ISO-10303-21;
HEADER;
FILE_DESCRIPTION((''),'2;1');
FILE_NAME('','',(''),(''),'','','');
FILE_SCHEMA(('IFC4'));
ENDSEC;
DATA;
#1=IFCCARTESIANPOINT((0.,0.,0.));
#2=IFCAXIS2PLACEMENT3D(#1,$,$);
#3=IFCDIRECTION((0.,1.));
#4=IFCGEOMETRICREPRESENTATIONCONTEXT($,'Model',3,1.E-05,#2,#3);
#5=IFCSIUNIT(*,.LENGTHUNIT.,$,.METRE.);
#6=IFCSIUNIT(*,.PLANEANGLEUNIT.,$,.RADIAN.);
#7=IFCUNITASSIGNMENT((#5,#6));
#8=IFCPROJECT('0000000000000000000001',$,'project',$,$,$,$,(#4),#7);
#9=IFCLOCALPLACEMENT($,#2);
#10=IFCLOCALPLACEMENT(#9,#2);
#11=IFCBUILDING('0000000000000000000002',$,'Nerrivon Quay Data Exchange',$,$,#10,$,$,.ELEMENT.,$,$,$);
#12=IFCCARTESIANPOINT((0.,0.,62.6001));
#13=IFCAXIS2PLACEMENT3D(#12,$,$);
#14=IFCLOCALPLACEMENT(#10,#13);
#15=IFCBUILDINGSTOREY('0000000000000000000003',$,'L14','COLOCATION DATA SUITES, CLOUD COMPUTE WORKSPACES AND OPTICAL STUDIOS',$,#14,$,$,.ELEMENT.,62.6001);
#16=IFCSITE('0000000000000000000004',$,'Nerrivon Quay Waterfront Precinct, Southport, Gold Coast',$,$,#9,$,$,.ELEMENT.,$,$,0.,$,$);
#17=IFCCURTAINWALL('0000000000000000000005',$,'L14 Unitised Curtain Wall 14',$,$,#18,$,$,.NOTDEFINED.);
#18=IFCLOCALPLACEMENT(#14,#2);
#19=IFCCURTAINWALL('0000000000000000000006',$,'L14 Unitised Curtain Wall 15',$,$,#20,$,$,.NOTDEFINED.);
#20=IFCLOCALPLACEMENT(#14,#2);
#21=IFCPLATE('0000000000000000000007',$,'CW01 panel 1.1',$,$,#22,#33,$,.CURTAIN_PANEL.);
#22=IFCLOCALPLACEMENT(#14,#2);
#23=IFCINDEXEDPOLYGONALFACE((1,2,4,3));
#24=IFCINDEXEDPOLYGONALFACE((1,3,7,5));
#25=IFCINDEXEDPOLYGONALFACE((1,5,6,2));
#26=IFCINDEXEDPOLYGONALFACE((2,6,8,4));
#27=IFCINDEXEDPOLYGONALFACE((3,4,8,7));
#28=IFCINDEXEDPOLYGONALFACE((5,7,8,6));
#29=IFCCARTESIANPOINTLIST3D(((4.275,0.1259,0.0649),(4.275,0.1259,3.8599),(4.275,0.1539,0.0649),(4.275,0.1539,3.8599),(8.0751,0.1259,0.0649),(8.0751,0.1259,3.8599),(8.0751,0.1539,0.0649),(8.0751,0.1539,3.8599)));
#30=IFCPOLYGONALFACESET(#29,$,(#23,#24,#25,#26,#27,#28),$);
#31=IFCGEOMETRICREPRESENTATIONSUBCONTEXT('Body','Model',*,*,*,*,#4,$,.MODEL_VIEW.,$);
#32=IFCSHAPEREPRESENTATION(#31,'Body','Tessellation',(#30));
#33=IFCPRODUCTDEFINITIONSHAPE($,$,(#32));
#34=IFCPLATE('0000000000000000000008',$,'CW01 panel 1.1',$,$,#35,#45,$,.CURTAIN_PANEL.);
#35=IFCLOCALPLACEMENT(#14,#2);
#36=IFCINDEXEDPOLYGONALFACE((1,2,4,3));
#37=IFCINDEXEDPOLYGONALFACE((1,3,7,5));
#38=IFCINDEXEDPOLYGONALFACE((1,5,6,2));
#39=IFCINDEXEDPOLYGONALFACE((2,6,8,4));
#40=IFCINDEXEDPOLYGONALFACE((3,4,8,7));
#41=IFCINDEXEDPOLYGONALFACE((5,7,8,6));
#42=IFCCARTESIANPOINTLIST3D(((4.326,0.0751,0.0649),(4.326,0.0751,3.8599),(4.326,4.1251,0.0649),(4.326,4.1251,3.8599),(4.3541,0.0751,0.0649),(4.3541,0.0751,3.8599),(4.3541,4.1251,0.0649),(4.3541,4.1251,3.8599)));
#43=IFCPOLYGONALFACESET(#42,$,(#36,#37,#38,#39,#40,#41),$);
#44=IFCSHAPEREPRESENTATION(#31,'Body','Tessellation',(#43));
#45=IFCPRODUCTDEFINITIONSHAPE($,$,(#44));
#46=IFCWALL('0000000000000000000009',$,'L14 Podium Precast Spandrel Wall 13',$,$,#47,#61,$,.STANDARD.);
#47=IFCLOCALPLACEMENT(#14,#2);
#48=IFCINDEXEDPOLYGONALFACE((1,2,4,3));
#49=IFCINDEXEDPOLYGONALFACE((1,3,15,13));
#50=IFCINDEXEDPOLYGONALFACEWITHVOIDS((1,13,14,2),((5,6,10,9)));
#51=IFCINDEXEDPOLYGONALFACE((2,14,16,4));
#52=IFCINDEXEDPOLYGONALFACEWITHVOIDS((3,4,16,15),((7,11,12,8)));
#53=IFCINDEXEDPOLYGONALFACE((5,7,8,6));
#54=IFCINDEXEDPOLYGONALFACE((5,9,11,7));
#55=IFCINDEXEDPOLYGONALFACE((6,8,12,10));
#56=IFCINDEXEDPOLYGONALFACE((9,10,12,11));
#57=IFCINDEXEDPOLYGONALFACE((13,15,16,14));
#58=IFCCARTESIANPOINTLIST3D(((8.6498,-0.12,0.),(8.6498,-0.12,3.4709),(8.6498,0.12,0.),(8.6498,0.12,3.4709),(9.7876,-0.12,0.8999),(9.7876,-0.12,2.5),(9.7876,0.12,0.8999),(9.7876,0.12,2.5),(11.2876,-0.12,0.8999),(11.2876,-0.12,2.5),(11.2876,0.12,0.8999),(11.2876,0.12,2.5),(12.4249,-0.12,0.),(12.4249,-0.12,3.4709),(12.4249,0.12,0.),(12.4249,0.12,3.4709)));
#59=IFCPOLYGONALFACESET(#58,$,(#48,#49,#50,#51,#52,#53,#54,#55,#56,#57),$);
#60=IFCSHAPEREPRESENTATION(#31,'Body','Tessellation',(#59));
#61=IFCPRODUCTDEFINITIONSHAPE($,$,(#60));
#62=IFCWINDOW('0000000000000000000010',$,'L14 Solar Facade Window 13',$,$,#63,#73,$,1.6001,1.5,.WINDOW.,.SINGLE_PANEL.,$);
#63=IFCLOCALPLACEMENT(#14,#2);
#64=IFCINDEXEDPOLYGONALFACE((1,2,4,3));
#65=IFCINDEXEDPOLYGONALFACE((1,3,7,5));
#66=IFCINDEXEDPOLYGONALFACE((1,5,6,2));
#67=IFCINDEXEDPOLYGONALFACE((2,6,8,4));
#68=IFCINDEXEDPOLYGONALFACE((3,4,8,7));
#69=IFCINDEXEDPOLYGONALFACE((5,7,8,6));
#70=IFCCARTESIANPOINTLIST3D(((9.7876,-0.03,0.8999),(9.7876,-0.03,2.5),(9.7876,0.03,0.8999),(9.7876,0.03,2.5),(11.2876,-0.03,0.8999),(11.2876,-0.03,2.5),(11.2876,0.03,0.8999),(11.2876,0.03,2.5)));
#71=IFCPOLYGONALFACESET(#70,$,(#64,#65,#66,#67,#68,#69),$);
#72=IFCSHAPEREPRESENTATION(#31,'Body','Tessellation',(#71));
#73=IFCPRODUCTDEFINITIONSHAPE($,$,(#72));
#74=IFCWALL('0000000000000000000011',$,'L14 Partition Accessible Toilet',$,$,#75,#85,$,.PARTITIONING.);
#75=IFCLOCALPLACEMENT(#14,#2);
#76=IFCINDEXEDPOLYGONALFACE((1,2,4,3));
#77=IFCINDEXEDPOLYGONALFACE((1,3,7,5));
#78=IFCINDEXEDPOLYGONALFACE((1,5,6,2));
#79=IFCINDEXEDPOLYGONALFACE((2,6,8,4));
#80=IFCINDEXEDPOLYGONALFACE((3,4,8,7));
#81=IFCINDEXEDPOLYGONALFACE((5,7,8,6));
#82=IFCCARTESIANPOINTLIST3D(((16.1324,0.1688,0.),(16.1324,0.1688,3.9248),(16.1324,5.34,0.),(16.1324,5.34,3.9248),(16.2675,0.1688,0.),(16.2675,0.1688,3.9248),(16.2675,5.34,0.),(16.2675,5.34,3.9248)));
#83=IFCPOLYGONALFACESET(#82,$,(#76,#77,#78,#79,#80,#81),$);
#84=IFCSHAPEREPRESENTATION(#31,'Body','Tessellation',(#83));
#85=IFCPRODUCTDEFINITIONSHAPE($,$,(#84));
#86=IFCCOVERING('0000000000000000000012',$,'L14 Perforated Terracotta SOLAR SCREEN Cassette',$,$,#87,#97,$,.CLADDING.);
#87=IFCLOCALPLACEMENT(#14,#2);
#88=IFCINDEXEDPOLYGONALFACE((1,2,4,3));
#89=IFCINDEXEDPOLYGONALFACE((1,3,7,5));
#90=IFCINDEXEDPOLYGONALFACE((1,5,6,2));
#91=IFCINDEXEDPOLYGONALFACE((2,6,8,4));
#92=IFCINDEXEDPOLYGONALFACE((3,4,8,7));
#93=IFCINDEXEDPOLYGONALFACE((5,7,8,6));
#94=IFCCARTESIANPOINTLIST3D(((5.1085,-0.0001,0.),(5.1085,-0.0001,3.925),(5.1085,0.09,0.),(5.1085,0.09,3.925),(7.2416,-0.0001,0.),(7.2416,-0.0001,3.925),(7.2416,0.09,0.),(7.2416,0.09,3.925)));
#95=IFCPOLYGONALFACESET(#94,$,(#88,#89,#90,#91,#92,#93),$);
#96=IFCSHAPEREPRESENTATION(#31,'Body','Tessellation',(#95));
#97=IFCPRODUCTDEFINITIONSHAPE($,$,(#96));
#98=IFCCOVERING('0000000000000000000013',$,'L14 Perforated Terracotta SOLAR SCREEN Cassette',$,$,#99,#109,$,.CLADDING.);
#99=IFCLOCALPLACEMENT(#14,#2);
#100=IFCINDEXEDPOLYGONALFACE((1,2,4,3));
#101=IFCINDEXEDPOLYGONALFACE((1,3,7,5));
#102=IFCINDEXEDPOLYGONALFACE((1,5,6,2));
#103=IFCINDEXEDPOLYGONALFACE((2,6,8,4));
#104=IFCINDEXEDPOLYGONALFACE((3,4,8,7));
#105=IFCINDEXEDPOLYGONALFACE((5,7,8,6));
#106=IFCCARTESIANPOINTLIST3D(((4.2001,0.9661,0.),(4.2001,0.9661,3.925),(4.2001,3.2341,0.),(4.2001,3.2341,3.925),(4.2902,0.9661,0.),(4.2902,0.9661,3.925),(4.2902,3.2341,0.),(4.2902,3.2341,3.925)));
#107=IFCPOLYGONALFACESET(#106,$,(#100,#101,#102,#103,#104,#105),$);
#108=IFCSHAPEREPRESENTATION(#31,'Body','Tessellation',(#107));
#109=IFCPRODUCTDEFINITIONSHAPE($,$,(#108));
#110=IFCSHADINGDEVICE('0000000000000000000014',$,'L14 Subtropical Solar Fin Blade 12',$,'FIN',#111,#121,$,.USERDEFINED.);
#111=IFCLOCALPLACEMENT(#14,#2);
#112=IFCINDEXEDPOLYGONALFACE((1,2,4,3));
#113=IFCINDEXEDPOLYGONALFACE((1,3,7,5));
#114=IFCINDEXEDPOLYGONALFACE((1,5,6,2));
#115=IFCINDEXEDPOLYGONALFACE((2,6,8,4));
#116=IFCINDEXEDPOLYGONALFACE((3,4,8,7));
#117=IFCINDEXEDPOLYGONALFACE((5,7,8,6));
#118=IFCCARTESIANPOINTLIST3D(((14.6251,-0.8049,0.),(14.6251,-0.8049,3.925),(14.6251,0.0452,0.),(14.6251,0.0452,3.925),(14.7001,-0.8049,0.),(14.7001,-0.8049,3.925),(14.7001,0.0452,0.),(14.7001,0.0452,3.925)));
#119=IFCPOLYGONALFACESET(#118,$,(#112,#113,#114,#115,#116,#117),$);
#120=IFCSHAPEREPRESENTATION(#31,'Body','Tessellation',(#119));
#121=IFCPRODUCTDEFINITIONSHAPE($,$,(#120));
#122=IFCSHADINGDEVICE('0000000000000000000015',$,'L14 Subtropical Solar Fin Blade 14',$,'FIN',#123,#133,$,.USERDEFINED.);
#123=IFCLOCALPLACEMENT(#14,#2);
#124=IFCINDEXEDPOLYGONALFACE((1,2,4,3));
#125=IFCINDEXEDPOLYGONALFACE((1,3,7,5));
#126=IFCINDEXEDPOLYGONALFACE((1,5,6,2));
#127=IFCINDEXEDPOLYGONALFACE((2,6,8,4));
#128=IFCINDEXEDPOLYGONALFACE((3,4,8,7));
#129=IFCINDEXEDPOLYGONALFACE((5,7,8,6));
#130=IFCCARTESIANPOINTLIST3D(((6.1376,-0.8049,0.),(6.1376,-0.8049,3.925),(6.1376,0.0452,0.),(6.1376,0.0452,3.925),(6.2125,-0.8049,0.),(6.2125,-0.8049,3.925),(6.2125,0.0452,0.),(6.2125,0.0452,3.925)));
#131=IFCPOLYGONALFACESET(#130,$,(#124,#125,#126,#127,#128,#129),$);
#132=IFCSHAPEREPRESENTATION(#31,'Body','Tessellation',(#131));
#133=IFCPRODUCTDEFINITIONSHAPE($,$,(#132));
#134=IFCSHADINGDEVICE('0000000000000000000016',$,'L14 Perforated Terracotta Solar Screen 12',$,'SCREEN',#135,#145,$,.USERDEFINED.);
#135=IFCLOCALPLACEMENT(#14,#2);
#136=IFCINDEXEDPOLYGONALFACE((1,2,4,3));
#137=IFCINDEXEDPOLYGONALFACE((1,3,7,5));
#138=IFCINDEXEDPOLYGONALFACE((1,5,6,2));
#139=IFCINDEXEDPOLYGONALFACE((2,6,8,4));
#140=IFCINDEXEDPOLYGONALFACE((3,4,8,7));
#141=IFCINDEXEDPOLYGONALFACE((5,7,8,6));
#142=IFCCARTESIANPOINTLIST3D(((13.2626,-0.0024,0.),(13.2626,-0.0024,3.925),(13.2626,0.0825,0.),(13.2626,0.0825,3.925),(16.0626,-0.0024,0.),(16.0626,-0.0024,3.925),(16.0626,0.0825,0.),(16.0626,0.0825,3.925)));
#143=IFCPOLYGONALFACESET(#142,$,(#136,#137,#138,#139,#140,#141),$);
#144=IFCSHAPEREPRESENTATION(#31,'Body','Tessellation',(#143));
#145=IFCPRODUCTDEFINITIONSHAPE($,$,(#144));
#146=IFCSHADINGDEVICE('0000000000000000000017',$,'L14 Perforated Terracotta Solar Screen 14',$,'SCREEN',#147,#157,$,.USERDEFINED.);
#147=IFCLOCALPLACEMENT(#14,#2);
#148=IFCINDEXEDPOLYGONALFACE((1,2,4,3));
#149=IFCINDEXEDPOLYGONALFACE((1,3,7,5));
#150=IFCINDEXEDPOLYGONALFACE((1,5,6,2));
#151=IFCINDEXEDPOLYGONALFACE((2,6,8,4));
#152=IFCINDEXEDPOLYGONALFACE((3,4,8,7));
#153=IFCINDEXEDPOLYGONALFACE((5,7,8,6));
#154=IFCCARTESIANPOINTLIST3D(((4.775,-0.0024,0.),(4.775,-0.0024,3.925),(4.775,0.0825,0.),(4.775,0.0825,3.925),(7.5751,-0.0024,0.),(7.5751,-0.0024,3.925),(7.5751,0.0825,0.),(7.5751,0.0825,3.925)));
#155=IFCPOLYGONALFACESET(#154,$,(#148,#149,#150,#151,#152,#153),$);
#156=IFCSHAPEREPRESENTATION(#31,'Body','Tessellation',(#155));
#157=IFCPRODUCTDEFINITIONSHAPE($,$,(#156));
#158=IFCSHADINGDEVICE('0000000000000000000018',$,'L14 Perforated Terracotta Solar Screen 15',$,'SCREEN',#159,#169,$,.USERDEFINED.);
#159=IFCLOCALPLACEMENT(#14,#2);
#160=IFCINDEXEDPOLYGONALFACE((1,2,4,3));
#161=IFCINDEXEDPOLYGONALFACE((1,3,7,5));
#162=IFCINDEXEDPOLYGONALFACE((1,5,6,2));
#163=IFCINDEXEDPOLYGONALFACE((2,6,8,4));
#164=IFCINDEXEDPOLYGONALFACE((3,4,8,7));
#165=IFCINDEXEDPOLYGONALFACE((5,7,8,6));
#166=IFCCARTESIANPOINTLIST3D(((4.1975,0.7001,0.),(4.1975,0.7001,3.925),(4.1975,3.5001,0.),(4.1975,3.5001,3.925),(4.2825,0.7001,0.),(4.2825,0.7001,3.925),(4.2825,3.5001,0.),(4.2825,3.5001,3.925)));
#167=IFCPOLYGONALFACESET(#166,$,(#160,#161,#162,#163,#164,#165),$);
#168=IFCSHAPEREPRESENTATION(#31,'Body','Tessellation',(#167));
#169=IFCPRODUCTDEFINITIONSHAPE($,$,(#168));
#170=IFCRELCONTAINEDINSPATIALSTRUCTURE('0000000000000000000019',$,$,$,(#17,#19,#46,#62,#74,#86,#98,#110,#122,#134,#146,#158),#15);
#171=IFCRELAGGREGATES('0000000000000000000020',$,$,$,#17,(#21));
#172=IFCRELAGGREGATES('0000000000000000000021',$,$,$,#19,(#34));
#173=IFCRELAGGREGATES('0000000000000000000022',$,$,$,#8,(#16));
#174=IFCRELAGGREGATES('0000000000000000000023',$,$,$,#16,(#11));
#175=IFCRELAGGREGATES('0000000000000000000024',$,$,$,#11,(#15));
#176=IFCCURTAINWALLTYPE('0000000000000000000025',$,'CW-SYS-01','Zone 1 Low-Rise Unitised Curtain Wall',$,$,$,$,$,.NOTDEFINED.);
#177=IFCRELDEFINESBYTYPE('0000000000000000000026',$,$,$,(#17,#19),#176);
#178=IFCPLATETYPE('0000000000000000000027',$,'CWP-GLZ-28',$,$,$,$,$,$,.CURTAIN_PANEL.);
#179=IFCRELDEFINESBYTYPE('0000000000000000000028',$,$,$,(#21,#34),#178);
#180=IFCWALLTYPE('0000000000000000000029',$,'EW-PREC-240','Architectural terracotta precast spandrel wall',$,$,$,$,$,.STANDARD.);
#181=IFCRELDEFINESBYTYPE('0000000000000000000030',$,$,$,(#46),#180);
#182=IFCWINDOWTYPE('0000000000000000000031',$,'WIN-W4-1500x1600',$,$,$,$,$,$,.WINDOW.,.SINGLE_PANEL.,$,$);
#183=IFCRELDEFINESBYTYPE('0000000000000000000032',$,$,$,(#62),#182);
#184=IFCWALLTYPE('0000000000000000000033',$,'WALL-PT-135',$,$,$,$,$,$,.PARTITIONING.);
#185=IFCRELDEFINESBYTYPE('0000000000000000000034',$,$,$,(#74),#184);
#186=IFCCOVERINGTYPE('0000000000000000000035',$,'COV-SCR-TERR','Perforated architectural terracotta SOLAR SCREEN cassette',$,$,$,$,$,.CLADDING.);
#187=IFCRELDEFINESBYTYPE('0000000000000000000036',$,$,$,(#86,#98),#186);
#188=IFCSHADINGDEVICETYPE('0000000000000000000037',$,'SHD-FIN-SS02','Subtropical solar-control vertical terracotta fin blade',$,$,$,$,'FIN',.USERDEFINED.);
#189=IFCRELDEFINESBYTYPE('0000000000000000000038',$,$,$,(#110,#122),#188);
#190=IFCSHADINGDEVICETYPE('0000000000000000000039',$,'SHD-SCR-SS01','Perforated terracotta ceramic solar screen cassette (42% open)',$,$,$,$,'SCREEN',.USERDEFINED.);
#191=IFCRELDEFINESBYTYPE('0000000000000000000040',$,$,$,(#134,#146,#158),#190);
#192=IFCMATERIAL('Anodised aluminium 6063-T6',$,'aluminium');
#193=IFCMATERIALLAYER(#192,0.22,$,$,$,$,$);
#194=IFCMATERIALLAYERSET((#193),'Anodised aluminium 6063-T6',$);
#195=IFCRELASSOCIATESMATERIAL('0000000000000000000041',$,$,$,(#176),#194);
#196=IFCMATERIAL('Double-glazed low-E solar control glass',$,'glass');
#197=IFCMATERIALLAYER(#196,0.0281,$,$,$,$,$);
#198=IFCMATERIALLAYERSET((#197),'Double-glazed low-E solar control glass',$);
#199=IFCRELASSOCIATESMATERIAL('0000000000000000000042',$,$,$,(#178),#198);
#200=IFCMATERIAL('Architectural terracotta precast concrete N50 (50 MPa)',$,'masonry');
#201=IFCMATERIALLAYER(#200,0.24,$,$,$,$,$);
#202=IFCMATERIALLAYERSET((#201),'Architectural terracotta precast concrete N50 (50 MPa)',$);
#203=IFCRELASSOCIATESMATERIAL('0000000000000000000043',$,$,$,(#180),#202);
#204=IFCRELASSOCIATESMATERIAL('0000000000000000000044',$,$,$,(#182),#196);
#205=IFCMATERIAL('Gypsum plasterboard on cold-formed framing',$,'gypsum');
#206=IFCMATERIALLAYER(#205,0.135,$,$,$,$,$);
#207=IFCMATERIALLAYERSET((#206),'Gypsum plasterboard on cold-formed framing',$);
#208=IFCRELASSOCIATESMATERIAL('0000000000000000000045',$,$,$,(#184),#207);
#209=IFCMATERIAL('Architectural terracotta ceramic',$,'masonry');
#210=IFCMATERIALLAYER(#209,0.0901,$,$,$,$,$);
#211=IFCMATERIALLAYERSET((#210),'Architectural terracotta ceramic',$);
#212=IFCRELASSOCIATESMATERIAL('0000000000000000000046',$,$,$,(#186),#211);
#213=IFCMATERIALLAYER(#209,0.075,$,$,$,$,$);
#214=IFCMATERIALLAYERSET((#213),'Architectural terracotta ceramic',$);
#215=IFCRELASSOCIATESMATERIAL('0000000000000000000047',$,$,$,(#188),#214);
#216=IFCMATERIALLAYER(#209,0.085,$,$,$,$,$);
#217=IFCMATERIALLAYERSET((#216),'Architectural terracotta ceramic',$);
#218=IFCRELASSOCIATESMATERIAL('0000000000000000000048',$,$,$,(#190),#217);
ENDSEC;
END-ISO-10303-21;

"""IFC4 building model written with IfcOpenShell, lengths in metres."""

from ifc_helpers import new_model, si_unit, direction, frame, frame_2d, origin, origin_2d, place, context, subcontext, project, spatial, rectangle, extrude, material, layer, layer_set, type_object, element, fill, aggregate, save


model = new_model("IFC4")

# Units and contexts
model_context = context("Model", 3, precision=1e-05, world=origin(), true_north=direction((0.0, 1.0)))
body_context = subcontext(model_context, "Body", "Model", "MODEL_VIEW")
ifc_project = project(units=[si_unit("LENGTHUNIT", "METRE"), si_unit("PLANEANGLEUNIT", "RADIAN")], contexts=[model_context])

# Site, building, storey
site_placement = place(None, origin())
site = spatial("IfcSite", under=ifc_project, at=site_placement, Name="Nerrivon Quay Waterfront Precinct, Southport, Gold Coast", CompositionType="ELEMENT", RefElevation=0.0)
building_placement = place(site_placement, origin())
building = spatial("IfcBuilding", under=site, at=building_placement, Name="Nerrivon Quay Data Exchange", CompositionType="ELEMENT")
storey_placement = place(building_placement, frame((0.0, 0.0, 62.6001)))
storey = spatial("IfcBuildingStorey", under=building, at=storey_placement, Name="L14", Description="COLOCATION DATA SUITES, CLOUD COMPUTE WORKSPACES AND OPTICAL STUDIOS", CompositionType="ELEMENT", Elevation=62.6001)

# Curtain walls
ifc_material_1 = material(Name="Anodised aluminium 6063-T6", Category="aluminium")
ifc_layer_1 = layer(ifc_material_1, 0.22)
ifc_layer_set_1 = layer_set([ifc_layer_1], Name="Anodised aluminium 6063-T6")
curtain_wall_type = type_object("IfcCurtainWallType", Name="CW-SYS-01", Description="Zone 1 Low-Rise Unitised Curtain Wall", PredefinedType="NOTDEFINED", material=ifc_layer_set_1)
curtain_wall_1_placement = place(storey_placement, origin())
curtain_wall_1 = element("IfcCurtainWall", 1, at=curtain_wall_1_placement, inside=storey, type_object=curtain_wall_type, Name="L14 Unitised Curtain Wall 14", PredefinedType="NOTDEFINED")
curtain_wall_2_placement = place(storey_placement, origin())
curtain_wall_2 = element("IfcCurtainWall", 2, at=curtain_wall_2_placement, inside=storey, type_object=curtain_wall_type, Name="L14 Unitised Curtain Wall 15", PredefinedType="NOTDEFINED")

# Plates
ifc_material_2 = material(Name="Double-glazed low-E solar control glass", Category="glass")
ifc_layer_2 = layer(ifc_material_2, 0.0281)
ifc_layer_set_2 = layer_set([ifc_layer_2], Name="Double-glazed low-E solar control glass")
plate_type = type_object("IfcPlateType", Name="CWP-GLZ-28", PredefinedType="CURTAIN_PANEL", material=ifc_layer_set_2)
plate_1_placement = place(storey_placement, frame((6.175, 0.1399, 0.0649), z_axis=(0.0, 0.0, 1.0), x_axis=(-1.0, 0.0, 0.0)))
plate_1 = element("IfcPlate", 3, at=plate_1_placement, type_object=plate_type, Name="CW01 panel 1.1", PredefinedType="CURTAIN_PANEL", context=body_context, shape_type="SweptSolid", body=[
    extrude(rectangle(XDim=3.8, YDim=0.0281, at=origin_2d()), origin(), (0.0, 0.0, 1.0), 3.7949),
])
aggregate(curtain_wall_1, [plate_1])
plate_2_placement = place(storey_placement, frame((4.3401, 2.1001, 0.0649), z_axis=(0.0, 0.0, 1.0), x_axis=(0.0, 1.0, 0.0)))
plate_2 = element("IfcPlate", 4, at=plate_2_placement, type_object=plate_type, Name="CW01 panel 1.1", PredefinedType="CURTAIN_PANEL", context=body_context, shape_type="SweptSolid", body=[
    extrude(rectangle(XDim=4.05, YDim=0.0281, at=origin_2d()), origin(), (0.0, 0.0, 1.0), 3.7949),
])
aggregate(curtain_wall_2, [plate_2])

# Wall, opening, window
ifc_material_3 = material(Name="Architectural terracotta precast concrete N50 (50 MPa)", Category="masonry")
ifc_layer_3 = layer(ifc_material_3, 0.24)
ifc_layer_set_3 = layer_set([ifc_layer_3], Name="Architectural terracotta precast concrete N50 (50 MPa)")
wall_type_1 = type_object("IfcWallType", Name="EW-PREC-240", Description="Architectural terracotta precast spandrel wall", PredefinedType="STANDARD", material=ifc_layer_set_3)
wall_1_placement = place(storey_placement, frame((12.425, 0.0, 0.0), z_axis=(0.0, 0.0, 1.0), x_axis=(-1.0, 0.0, 0.0)))
wall_1 = element("IfcWall", 5, at=wall_1_placement, inside=storey, type_object=wall_type_1, Name="L14 Podium Precast Spandrel Wall 13", PredefinedType="STANDARD", context=body_context, shape_type="SweptSolid", body=[
    extrude(rectangle(XDim=3.7751, YDim=0.24, at=frame_2d((1.8877, 0.0))), origin(), (0.0, 0.0, 1.0), 3.4709),
])
opening_placement = place(wall_1_placement, frame((1.1375, 0.0, 0.8999)))
opening = element("IfcOpeningElement", 6, at=opening_placement, cuts=wall_1, PredefinedType="OPENING", context=body_context, shape_type="SweptSolid", body=[
    extrude(rectangle(XDim=1.5, YDim=1.6001, at=frame_2d((0.75, 0.8))), frame((0.0, 0.1299, 0.0), z_axis=(0.0, -1.0, 0.0), x_axis=(1.0, 0.0, 0.0)), (0.0, 0.0, 1.0), 0.26),
])
window_type = type_object("IfcWindowType", Name="WIN-W4-1500x1600", PartitioningType="SINGLE_PANEL", PredefinedType="WINDOW", material=ifc_material_2)
window_placement = place(opening_placement, origin())
window = element("IfcWindow", 7, at=window_placement, inside=storey, type_object=window_type, Name="L14 Solar Facade Window 13", OverallHeight=1.6001, OverallWidth=1.5, PartitioningType="SINGLE_PANEL", PredefinedType="WINDOW", context=body_context, shape_type="SweptSolid", body=[
    extrude(rectangle(XDim=1.5, YDim=1.6001, at=frame_2d((0.75, 0.8))), frame((0.0, 0.03, 0.0), z_axis=(0.0, -1.0, 0.0), x_axis=(1.0, 0.0, 0.0)), (0.0, 0.0, 1.0), 0.0601),
])
fill(opening, window)

# Wall
ifc_material_4 = material(Name="Gypsum plasterboard on cold-formed framing", Category="gypsum")
ifc_layer_4 = layer(ifc_material_4, 0.135)
ifc_layer_set_4 = layer_set([ifc_layer_4], Name="Gypsum plasterboard on cold-formed framing")
wall_type_2 = type_object("IfcWallType", Name="WALL-PT-135", PredefinedType="PARTITIONING", material=ifc_layer_set_4)
wall_2_placement = place(storey_placement, frame((16.2, 0.1689, 0.0), z_axis=(0.0, 0.0, 1.0), x_axis=(0.0, 1.0, 0.0)))
element("IfcWall", 8, at=wall_2_placement, inside=storey, type_object=wall_type_2, Name="L14 Partition Accessible Toilet", PredefinedType="PARTITIONING", context=body_context, shape_type="SweptSolid", body=[
    extrude(rectangle(XDim=5.1711, YDim=0.135, at=frame_2d((2.5854, 0.0))), origin(), (0.0, 0.0, 1.0), 3.9248),
])

# Coverings
ifc_material_5 = material(Name="Architectural terracotta ceramic", Category="masonry")
ifc_layer_5 = layer(ifc_material_5, 0.0901)
ifc_layer_set_5 = layer_set([ifc_layer_5], Name="Architectural terracotta ceramic")
covering_type = type_object("IfcCoveringType", Name="COV-SCR-TERR", Description="Perforated architectural terracotta SOLAR SCREEN cassette", PredefinedType="CLADDING", material=ifc_layer_set_5)
covering_1_placement = place(storey_placement, frame((6.175, 0.0449, 0.0), z_axis=(0.0, 0.0, 1.0), x_axis=(-1.0, 0.0, 0.0)))
element("IfcCovering", 9, at=covering_1_placement, inside=storey, type_object=covering_type, Name="L14 Perforated Terracotta SOLAR SCREEN Cassette", PredefinedType="CLADDING", context=body_context, shape_type="SweptSolid", body=[
    extrude(rectangle(XDim=2.1331, YDim=0.0901, at=origin_2d()), origin(), (0.0, 0.0, 1.0), 3.925),
])
covering_2_placement = place(storey_placement, frame((4.2451, 2.1001, 0.0), z_axis=(0.0, 0.0, 1.0), x_axis=(0.0, 1.0, 0.0)))
element("IfcCovering", 10, at=covering_2_placement, inside=storey, type_object=covering_type, Name="L14 Perforated Terracotta SOLAR SCREEN Cassette", PredefinedType="CLADDING", context=body_context, shape_type="SweptSolid", body=[
    extrude(rectangle(XDim=2.2681, YDim=0.0901, at=origin_2d()), origin(), (0.0, 0.0, 1.0), 3.925),
])

# Shading devices
ifc_layer_6 = layer(ifc_material_5, 0.075)
ifc_layer_set_6 = layer_set([ifc_layer_6], Name="Architectural terracotta ceramic")
shading_device_type_1 = type_object("IfcShadingDeviceType", Name="SHD-FIN-SS02", Description="Subtropical solar-control vertical terracotta fin blade", ElementType="FIN", PredefinedType="USERDEFINED", material=ifc_layer_set_6)
for number, where, z_axis, x_axis, name in (
    (11, (14.6626, -0.3799, 0.0), (0.0, 0.0, 1.0), (-1.0, 0.0, 0.0), "L14 Subtropical Solar Fin Blade 12"),
    (12, (6.175, -0.3799, 0.0), (0.0, 0.0, 1.0), (-1.0, 0.0, 0.0), "L14 Subtropical Solar Fin Blade 14"),
):
    element("IfcShadingDevice", number, at=place(storey_placement, frame(where, z_axis=z_axis, x_axis=x_axis)), inside=storey, type_object=shading_device_type_1, Name=name, ObjectType="FIN", PredefinedType="USERDEFINED", context=body_context, shape_type="SweptSolid", body=[
        extrude(rectangle(XDim=0.075, YDim=0.8501, at=origin_2d()), origin(), (0.0, 0.0, 1.0), 3.925),
    ])
ifc_layer_7 = layer(ifc_material_5, 0.085)
ifc_layer_set_7 = layer_set([ifc_layer_7], Name="Architectural terracotta ceramic")
shading_device_type_2 = type_object("IfcShadingDeviceType", Name="SHD-SCR-SS01", Description="Perforated terracotta ceramic solar screen cassette (42% open)", ElementType="SCREEN", PredefinedType="USERDEFINED", material=ifc_layer_set_7)
for number, where, z_axis, x_axis, name in (
    (13, (14.6626, 0.04, 0.0), (0.0, 0.0, 1.0), (-1.0, 0.0, 0.0), "L14 Perforated Terracotta Solar Screen 12"),
    (14, (6.175, 0.04, 0.0), (0.0, 0.0, 1.0), (-1.0, 0.0, 0.0), "L14 Perforated Terracotta Solar Screen 14"),
    (15, (4.24, 2.1001, 0.0), (0.0, 0.0, 1.0), (0.0, 1.0, 0.0), "L14 Perforated Terracotta Solar Screen 15"),
):
    element("IfcShadingDevice", number, at=place(storey_placement, frame(where, z_axis=z_axis, x_axis=x_axis)), inside=storey, type_object=shading_device_type_2, Name=name, ObjectType="SCREEN", PredefinedType="USERDEFINED", context=body_context, shape_type="SweptSolid", body=[
        extrude(rectangle(XDim=2.8, YDim=0.085, at=origin_2d()), origin(), (0.0, 0.0, 1.0), 3.925),
    ])

save(model, "model.ifc")
